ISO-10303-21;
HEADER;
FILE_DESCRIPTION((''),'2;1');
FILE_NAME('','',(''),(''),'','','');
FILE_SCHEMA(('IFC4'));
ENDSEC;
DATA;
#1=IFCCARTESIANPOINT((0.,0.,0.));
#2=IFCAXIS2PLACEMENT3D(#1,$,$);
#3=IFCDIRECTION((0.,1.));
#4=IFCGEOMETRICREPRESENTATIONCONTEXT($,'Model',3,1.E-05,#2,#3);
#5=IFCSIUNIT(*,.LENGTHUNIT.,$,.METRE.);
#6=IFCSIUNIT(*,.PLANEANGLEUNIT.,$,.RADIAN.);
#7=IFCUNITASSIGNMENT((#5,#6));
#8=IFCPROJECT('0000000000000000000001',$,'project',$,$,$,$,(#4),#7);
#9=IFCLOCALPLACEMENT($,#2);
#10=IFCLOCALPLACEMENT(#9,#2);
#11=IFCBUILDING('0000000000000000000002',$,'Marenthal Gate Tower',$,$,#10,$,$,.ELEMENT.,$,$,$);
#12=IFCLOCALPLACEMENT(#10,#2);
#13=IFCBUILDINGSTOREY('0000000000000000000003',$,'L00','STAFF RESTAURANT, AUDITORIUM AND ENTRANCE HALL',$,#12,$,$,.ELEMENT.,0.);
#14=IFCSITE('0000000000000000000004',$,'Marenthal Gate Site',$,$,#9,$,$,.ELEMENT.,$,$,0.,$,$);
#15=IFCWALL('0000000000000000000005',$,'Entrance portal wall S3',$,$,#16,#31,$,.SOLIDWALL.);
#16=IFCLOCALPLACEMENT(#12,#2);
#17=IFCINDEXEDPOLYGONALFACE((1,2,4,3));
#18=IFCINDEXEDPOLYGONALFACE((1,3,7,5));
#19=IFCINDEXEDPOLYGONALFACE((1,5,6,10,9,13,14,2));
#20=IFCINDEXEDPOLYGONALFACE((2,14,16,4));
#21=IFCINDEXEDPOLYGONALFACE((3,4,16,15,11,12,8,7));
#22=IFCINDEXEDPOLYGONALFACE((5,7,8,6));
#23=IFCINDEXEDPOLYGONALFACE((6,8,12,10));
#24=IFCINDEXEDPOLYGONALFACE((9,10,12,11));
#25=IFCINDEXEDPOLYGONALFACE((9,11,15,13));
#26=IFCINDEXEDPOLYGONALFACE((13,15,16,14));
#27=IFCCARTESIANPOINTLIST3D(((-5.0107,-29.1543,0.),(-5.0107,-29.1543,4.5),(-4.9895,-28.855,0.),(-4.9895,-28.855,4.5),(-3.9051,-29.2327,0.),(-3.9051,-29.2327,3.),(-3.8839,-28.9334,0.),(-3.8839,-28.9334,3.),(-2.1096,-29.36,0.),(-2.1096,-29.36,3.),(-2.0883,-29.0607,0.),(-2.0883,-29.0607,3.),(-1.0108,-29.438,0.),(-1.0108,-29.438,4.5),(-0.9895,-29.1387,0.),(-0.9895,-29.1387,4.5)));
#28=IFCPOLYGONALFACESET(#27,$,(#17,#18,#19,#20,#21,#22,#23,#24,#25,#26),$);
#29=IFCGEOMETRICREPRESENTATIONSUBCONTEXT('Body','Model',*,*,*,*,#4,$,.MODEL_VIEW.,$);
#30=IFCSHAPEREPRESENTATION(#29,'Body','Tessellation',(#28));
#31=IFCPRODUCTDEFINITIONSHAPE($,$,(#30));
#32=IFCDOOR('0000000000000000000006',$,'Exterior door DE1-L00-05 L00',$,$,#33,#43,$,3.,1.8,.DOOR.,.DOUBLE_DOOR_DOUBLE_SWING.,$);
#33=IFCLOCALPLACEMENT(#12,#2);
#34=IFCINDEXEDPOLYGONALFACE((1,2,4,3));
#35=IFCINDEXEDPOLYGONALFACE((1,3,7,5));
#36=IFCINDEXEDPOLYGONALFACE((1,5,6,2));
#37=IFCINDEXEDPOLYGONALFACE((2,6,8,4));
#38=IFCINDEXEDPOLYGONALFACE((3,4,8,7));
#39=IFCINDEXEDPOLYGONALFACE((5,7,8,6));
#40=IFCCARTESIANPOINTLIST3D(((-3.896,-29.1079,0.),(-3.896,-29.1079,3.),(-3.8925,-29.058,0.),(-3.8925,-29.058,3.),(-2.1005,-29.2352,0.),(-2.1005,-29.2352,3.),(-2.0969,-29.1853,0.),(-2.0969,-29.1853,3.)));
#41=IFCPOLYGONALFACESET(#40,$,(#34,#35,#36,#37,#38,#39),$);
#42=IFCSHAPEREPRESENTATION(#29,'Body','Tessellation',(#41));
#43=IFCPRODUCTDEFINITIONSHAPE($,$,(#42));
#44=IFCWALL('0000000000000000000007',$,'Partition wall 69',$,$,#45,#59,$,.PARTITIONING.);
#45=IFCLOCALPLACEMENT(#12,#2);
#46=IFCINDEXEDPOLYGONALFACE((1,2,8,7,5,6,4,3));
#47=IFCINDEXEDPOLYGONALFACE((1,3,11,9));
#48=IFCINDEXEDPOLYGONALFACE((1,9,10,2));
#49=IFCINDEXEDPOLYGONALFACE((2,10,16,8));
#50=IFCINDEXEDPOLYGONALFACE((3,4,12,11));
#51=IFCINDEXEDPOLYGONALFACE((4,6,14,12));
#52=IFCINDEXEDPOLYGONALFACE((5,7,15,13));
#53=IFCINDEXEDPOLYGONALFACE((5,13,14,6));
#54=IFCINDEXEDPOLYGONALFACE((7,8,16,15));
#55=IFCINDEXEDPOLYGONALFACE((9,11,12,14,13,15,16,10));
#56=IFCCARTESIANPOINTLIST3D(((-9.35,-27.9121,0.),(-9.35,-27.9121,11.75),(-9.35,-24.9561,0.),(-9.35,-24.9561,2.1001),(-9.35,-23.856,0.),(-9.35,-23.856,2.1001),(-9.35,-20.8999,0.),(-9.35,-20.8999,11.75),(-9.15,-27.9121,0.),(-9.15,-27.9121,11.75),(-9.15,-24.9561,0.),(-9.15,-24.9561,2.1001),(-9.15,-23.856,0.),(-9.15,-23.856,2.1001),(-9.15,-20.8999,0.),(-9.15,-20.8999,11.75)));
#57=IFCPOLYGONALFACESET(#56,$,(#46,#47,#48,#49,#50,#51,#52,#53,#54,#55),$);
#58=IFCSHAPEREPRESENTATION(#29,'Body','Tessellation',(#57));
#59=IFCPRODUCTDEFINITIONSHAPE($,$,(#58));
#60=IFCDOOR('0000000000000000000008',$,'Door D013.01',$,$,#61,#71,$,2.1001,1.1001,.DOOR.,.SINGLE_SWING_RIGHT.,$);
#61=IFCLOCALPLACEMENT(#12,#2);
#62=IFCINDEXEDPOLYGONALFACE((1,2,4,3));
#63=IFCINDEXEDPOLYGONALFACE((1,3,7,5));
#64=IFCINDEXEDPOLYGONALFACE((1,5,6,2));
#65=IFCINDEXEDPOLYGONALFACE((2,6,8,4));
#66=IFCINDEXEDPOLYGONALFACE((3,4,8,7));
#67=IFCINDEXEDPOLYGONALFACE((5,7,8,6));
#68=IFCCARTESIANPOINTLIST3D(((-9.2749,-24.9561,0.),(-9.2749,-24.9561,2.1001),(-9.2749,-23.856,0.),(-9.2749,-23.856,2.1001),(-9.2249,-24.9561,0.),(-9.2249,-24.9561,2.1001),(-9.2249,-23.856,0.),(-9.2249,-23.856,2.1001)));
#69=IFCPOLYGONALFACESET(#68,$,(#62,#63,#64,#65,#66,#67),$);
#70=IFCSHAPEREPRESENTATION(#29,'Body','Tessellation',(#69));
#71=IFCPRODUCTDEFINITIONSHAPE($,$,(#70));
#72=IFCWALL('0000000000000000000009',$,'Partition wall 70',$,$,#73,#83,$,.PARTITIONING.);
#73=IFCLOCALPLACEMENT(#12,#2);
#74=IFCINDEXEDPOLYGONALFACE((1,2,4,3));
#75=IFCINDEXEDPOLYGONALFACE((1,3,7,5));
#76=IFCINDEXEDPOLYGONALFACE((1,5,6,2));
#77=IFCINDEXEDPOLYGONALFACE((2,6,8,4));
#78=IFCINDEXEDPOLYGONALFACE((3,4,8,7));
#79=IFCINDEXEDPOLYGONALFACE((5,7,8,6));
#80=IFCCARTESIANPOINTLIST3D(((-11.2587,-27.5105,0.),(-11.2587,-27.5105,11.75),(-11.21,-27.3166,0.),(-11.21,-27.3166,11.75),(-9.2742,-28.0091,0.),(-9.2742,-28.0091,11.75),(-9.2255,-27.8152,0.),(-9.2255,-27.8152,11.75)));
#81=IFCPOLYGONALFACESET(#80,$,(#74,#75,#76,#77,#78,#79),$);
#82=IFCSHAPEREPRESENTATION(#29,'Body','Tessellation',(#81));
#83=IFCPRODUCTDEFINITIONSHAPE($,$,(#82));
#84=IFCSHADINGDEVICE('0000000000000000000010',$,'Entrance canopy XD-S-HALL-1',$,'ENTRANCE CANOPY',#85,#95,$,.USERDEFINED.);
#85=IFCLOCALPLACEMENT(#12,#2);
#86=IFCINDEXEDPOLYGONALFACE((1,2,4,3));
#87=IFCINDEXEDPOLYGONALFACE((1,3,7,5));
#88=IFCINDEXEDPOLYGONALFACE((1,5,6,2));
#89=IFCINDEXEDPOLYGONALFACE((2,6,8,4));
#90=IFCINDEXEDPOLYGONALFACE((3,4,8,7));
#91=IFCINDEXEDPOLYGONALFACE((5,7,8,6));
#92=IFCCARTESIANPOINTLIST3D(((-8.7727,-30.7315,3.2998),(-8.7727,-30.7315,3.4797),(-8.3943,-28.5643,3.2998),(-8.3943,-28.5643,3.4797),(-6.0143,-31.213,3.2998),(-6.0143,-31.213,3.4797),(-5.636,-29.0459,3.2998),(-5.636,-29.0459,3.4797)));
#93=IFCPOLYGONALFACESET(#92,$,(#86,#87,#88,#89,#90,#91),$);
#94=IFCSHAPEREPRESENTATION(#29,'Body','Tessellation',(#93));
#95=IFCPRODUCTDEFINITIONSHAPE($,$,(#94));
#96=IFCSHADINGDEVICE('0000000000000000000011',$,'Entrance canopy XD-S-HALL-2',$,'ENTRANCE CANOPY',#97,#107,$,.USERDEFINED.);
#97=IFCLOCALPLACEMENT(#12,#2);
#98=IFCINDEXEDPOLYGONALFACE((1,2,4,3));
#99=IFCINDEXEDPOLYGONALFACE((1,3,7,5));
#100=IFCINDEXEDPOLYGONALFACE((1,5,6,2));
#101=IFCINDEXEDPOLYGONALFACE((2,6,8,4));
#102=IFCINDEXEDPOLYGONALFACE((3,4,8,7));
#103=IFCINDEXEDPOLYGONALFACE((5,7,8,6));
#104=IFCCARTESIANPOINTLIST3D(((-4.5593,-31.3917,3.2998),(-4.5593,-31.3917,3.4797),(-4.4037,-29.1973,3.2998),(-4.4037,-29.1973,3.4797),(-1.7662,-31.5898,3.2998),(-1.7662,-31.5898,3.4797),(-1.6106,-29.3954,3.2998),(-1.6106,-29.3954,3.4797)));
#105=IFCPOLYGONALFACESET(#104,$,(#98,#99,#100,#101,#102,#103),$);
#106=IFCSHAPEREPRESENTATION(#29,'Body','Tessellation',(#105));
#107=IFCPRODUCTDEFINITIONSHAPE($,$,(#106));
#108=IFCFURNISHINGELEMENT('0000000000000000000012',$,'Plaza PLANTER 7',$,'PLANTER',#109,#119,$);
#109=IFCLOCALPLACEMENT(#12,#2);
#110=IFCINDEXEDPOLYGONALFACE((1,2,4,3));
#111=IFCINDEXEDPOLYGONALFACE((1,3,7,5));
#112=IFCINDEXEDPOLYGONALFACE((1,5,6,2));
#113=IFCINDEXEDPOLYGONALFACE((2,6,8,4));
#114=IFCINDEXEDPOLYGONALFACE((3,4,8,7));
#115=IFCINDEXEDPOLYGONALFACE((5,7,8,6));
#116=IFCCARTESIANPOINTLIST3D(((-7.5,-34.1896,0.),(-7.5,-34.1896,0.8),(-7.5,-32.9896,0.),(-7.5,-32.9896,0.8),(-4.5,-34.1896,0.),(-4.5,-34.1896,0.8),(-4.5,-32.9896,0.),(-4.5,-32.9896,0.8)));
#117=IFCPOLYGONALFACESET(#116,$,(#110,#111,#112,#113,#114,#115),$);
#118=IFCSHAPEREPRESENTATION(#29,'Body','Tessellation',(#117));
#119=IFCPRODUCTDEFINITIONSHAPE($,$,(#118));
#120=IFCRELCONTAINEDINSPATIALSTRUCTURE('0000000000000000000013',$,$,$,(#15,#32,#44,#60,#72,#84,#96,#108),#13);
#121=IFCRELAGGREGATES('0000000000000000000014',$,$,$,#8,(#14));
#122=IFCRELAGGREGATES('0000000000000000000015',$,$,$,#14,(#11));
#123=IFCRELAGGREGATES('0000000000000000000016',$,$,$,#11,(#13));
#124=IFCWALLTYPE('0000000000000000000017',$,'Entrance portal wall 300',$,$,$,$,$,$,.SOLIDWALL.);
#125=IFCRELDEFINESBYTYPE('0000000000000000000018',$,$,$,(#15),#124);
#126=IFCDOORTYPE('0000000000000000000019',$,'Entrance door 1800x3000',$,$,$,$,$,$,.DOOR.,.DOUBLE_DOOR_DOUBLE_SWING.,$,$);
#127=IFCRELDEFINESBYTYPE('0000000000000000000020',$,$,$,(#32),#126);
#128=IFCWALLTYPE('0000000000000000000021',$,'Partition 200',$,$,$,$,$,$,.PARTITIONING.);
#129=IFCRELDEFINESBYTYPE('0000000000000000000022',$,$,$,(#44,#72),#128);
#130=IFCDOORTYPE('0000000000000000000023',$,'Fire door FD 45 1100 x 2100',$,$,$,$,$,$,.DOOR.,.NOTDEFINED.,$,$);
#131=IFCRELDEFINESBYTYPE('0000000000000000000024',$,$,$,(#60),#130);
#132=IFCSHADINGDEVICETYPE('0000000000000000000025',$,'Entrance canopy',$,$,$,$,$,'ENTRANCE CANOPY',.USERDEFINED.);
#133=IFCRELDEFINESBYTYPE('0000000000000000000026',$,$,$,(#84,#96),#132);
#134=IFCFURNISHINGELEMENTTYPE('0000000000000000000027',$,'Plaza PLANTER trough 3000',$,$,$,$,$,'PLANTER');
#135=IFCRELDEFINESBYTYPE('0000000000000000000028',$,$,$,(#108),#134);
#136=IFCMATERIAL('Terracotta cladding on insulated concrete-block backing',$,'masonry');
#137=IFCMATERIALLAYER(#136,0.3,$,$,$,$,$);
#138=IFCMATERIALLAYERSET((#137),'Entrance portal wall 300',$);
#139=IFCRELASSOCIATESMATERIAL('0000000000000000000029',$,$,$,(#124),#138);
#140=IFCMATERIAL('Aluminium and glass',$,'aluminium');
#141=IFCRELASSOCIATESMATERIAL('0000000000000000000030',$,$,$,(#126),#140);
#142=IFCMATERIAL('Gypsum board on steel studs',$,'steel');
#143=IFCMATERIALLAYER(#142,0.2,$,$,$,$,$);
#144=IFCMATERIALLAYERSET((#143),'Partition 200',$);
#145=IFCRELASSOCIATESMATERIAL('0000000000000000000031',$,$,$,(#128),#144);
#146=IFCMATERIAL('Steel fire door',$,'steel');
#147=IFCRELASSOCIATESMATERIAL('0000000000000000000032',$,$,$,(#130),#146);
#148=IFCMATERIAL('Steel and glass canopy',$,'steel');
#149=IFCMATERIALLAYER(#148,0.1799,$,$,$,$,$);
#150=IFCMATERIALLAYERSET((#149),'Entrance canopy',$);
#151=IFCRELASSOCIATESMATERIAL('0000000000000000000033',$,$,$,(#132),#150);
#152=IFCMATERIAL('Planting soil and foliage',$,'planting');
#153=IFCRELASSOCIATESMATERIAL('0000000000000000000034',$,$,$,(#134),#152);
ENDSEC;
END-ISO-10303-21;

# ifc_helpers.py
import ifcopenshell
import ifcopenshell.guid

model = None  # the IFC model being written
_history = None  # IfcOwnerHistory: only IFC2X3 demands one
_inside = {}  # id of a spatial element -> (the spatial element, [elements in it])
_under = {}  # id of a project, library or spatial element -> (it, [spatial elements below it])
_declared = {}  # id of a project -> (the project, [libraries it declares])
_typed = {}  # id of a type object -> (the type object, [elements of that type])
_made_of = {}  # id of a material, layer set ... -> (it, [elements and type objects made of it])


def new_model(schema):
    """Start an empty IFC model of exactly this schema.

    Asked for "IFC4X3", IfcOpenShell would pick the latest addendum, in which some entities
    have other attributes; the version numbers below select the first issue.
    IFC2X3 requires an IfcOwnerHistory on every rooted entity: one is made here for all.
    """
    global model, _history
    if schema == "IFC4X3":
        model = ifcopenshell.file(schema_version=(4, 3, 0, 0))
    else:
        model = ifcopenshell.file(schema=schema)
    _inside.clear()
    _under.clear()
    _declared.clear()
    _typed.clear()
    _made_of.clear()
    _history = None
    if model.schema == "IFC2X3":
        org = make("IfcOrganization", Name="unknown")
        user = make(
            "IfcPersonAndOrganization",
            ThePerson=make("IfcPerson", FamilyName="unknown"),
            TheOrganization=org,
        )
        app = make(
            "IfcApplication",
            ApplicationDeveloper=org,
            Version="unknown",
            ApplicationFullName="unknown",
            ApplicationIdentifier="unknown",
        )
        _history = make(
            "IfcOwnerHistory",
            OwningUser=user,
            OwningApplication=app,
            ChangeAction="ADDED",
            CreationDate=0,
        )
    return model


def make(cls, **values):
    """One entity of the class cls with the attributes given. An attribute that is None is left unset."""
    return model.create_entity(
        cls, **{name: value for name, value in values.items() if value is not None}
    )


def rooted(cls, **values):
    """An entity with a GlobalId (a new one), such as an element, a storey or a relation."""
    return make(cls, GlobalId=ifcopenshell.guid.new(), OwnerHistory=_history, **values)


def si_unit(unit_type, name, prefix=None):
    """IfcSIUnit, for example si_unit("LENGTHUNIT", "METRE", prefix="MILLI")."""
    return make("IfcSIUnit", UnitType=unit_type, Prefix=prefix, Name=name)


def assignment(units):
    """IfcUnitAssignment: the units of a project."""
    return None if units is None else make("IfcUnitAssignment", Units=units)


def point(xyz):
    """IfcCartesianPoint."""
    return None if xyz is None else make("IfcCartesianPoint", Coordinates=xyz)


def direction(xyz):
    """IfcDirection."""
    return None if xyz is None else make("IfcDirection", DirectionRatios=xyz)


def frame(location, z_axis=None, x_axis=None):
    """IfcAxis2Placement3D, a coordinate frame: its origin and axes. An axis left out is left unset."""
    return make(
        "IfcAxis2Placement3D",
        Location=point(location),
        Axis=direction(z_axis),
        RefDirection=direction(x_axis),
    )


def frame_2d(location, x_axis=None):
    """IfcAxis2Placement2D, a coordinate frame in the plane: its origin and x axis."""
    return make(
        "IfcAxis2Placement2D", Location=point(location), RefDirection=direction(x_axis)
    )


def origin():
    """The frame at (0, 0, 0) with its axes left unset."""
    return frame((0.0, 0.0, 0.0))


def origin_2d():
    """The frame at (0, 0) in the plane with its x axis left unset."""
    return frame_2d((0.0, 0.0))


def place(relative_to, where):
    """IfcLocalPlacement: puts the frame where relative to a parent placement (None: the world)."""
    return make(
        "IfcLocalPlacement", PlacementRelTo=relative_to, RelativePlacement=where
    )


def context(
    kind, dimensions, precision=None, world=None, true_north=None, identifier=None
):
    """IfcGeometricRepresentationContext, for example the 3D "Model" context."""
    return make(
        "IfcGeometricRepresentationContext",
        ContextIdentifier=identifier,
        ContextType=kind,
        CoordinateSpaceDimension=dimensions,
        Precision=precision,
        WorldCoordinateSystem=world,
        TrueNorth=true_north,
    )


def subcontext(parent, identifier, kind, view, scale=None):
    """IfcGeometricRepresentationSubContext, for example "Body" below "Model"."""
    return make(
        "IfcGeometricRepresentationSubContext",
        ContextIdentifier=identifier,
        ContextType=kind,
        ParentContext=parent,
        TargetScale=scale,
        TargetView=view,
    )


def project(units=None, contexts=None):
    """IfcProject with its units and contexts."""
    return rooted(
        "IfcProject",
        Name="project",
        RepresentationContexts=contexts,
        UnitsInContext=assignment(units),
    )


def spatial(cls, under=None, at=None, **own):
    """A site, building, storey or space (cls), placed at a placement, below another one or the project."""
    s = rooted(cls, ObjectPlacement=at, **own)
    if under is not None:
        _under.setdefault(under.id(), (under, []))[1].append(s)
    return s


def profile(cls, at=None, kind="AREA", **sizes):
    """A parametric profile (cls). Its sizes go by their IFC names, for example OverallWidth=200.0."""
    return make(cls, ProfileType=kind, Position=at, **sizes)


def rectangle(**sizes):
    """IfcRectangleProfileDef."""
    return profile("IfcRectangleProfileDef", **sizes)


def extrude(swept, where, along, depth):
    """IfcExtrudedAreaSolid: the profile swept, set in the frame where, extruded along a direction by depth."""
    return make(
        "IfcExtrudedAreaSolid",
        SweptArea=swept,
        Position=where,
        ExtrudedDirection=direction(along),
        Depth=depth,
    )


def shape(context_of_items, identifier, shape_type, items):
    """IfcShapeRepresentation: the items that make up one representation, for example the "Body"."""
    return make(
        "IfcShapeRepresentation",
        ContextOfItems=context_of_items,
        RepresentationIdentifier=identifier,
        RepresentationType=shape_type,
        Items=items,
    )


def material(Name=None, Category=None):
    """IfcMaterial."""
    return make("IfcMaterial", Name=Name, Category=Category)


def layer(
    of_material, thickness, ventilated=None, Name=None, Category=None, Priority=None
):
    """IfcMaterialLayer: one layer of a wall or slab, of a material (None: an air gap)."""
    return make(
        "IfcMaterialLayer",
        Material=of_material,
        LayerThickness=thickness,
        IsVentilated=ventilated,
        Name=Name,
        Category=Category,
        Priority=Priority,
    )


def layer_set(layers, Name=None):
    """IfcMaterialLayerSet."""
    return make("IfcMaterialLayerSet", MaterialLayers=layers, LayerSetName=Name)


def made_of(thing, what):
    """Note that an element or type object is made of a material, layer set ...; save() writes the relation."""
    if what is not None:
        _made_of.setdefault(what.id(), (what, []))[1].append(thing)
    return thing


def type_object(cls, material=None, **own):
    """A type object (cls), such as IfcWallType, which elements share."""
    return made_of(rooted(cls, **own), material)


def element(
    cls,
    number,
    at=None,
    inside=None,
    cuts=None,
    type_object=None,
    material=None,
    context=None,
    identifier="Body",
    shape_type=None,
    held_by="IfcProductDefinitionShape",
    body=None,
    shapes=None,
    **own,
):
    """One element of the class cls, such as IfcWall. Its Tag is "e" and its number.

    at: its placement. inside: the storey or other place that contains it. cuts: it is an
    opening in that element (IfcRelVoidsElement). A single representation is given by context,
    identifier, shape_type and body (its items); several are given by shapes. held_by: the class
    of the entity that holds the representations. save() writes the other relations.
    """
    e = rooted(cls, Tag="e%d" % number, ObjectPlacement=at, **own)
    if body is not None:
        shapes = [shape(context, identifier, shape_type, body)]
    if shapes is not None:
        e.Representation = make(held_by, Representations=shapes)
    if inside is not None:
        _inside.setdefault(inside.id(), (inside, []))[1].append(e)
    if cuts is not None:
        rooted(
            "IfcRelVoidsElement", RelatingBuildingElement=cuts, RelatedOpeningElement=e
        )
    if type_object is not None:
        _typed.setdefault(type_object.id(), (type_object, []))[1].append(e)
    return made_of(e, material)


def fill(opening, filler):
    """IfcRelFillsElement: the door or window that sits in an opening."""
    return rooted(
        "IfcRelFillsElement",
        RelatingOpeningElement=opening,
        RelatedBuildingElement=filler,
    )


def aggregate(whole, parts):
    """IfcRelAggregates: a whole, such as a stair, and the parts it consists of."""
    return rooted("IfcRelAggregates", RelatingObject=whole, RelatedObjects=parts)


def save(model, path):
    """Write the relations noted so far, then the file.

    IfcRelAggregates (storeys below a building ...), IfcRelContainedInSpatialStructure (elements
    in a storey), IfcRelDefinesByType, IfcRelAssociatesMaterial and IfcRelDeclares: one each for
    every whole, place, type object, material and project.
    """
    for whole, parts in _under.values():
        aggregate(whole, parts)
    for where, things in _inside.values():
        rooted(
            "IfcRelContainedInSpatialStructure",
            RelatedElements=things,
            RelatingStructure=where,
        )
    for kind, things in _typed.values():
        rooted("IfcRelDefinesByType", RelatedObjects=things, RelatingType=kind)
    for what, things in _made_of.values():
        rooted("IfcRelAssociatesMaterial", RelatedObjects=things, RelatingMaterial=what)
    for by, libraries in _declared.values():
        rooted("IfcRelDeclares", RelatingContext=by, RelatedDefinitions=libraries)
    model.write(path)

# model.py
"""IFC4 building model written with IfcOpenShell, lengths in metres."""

from ifc_helpers import new_model, si_unit, direction, frame, frame_2d, origin, origin_2d, place, context, subcontext, project, spatial, rectangle, extrude, material, layer, layer_set, type_object, element, fill, save


model = new_model("IFC4")

# Units and contexts
model_context = context("Model", 3, precision=1e-05, world=origin(), true_north=direction((0.0, 1.0)))
body_context = subcontext(model_context, "Body", "Model", "MODEL_VIEW")
ifc_project = project(units=[si_unit("LENGTHUNIT", "METRE"), si_unit("PLANEANGLEUNIT", "RADIAN")], contexts=[model_context])

# Site, building, storey
site_placement = place(None, origin())
site = spatial("IfcSite", under=ifc_project, at=site_placement, Name="Marenthal Gate Site", CompositionType="ELEMENT", RefElevation=0.0)
building_placement = place(site_placement, origin())
building = spatial("IfcBuilding", under=site, at=building_placement, Name="Marenthal Gate Tower", CompositionType="ELEMENT")
storey_placement = place(building_placement, origin())
storey = spatial("IfcBuildingStorey", under=building, at=storey_placement, Name="L00", Description="STAFF RESTAURANT, AUDITORIUM AND ENTRANCE HALL", CompositionType="ELEMENT", Elevation=0.0)

# Walls, openings, doors
ifc_material_1 = material(Name="Terracotta cladding on insulated concrete-block backing", Category="masonry")
ifc_layer_1 = layer(ifc_material_1, 0.3)
ifc_layer_set_1 = layer_set([ifc_layer_1], Name="Entrance portal wall 300")
wall_type_1 = type_object("IfcWallType", Name="Entrance portal wall 300", PredefinedType="SOLIDWALL", material=ifc_layer_set_1)
wall_1_placement = place(storey_placement, frame((-5.0, -29.0046, 0.0), z_axis=(0.0, 0.0, 1.0), x_axis=(0.997494, -0.070745, 0.0)))
wall_1 = element("IfcWall", 1, at=wall_1_placement, inside=storey, type_object=wall_type_1, Name="Entrance portal wall S3", PredefinedType="SOLIDWALL", context=body_context, shape_type="SweptSolid", body=[
    extrude(rectangle(XDim=4.01, YDim=0.3, at=frame_2d((2.0049, 0.0))), origin(), (0.0, 0.0, 1.0), 4.5),
])
opening_1_placement = place(wall_1_placement, frame((1.1084, 0.0, 0.0)))
opening_1 = element("IfcOpeningElement", 2, at=opening_1_placement, cuts=wall_1, PredefinedType="OPENING", context=body_context, shape_type="SweptSolid", body=[
    extrude(rectangle(XDim=1.8, YDim=3.0, at=frame_2d((0.8999, 1.5))), frame((0.0, 0.1602, 0.0), z_axis=(0.0, -1.0, 0.0), x_axis=(1.0, 0.0, 0.0)), (0.0, 0.0, 1.0), 0.3201),
])
ifc_material_2 = material(Name="Aluminium and glass", Category="aluminium")
door_type_1 = type_object("IfcDoorType", Name="Entrance door 1800x3000", OperationType="DOUBLE_DOOR_DOUBLE_SWING", PredefinedType="DOOR", material=ifc_material_2)
door_1_placement = place(opening_1_placement, frame((1.8, 0.0, 0.0), z_axis=(0.0, 0.0, 1.0), x_axis=(-1.0, 0.0, 0.0)))
door_1 = element("IfcDoor", 3, at=door_1_placement, inside=storey, type_object=door_type_1, Name="Exterior door DE1-L00-05 L00", OperationType="DOUBLE_DOOR_DOUBLE_SWING", OverallHeight=3.0, OverallWidth=1.8, PredefinedType="DOOR", context=body_context, shape_type="SweptSolid", body=[
    extrude(rectangle(XDim=1.8, YDim=3.0, at=frame_2d((0.8999, 1.5))), frame((0.0, 0.0249, 0.0), z_axis=(0.0, -1.0, 0.0), x_axis=(1.0, 0.0, 0.0)), (0.0, 0.0, 1.0), 0.05),
])
fill(opening_1, door_1)
ifc_material_3 = material(Name="Gypsum board on steel studs", Category="steel")
ifc_layer_2 = layer(ifc_material_3, 0.2)
ifc_layer_set_2 = layer_set([ifc_layer_2], Name="Partition 200")
wall_type_2 = type_object("IfcWallType", Name="Partition 200", PredefinedType="PARTITIONING", material=ifc_layer_set_2)
wall_2_placement = place(storey_placement, frame((-9.25, -27.9121, 0.0), z_axis=(0.0, 0.0, 1.0), x_axis=(0.0, 1.0, 0.0)))
wall_2 = element("IfcWall", 4, at=wall_2_placement, inside=storey, type_object=wall_type_2, Name="Partition wall 69", PredefinedType="PARTITIONING", context=body_context, shape_type="SweptSolid", body=[
    extrude(rectangle(XDim=7.0122, YDim=0.2, at=frame_2d((3.5061, 0.0))), origin(), (0.0, 0.0, 1.0), 11.75),
])
opening_2_placement = place(wall_2_placement, frame((2.9561, 0.0, 0.0)))
opening_2 = element("IfcOpeningElement", 5, at=opening_2_placement, cuts=wall_2, PredefinedType="OPENING", context=body_context, shape_type="SweptSolid", body=[
    extrude(rectangle(XDim=1.1001, YDim=2.1001, at=frame_2d((0.55, 1.05))), frame((0.0, 0.1099, 0.0), z_axis=(0.0, -1.0, 0.0), x_axis=(1.0, 0.0, 0.0)), (0.0, 0.0, 1.0), 0.22),
])
ifc_material_4 = material(Name="Steel fire door", Category="steel")
door_type_2 = type_object("IfcDoorType", Name="Fire door FD 45 1100 x 2100", OperationType="NOTDEFINED", PredefinedType="DOOR", material=ifc_material_4)
door_2_placement = place(opening_2_placement, origin())
door_2 = element("IfcDoor", 6, at=door_2_placement, inside=storey, type_object=door_type_2, Name="Door D013.01", OperationType="SINGLE_SWING_RIGHT", OverallHeight=2.1001, OverallWidth=1.1001, PredefinedType="DOOR", context=body_context, shape_type="SweptSolid", body=[
    extrude(rectangle(XDim=1.1001, YDim=2.1001, at=frame_2d((0.55, 1.05))), frame((0.0, 0.0249, 0.0), z_axis=(0.0, -1.0, 0.0), x_axis=(1.0, 0.0, 0.0)), (0.0, 0.0, 1.0), 0.05),
])
fill(opening_2, door_2)

# Wall
wall_3_placement = place(storey_placement, frame((-9.25, -27.9121, 0.0), z_axis=(0.0, 0.0, 1.0), x_axis=(-0.969861, 0.243659, 0.0)))
element("IfcWall", 7, at=wall_3_placement, inside=storey, type_object=wall_type_2, Name="Partition wall 70", PredefinedType="PARTITIONING", context=body_context, shape_type="SweptSolid", body=[
    extrude(rectangle(XDim=2.0461, YDim=0.2, at=frame_2d((1.0229, 0.0))), origin(), (0.0, 0.0, 1.0), 11.75),
])

# Shading devices
ifc_material_5 = material(Name="Steel and glass canopy", Category="steel")
ifc_layer_3 = layer(ifc_material_5, 0.1799)
ifc_layer_set_3 = layer_set([ifc_layer_3], Name="Entrance canopy")
shading_device_type = type_object("IfcShadingDeviceType", Name="Entrance canopy", ElementType="ENTRANCE CANOPY", PredefinedType="USERDEFINED", material=ifc_layer_set_3)
for number, where, z_axis, x_axis, name in (
    (8, (-7.2043, -29.8887, 3.2998), (0.0, 0.0, 1.0), (0.985102, -0.171973, 0.0), "Entrance canopy XD-S-HALL-1"),
    (9, (-3.085, -30.3936, 3.2998), (0.0, 0.0, 1.0), (0.997495, -0.070735, 0.0), "Entrance canopy XD-S-HALL-2"),
):
    element("IfcShadingDevice", number, at=place(storey_placement, frame(where, z_axis=z_axis, x_axis=x_axis)), inside=storey, type_object=shading_device_type, Name=name, ObjectType="ENTRANCE CANOPY", PredefinedType="USERDEFINED", context=body_context, shape_type="SweptSolid", body=[
        extrude(rectangle(XDim=2.8, YDim=2.2, at=origin_2d()), origin(), (0.0, 0.0, 1.0), 0.1799),
    ])

# Furnishing element
ifc_material_6 = material(Name="Planting soil and foliage", Category="planting")
furnishing_element_type = type_object("IfcFurnishingElementType", Name="Plaza PLANTER trough 3000", ElementType="PLANTER", material=ifc_material_6)
furnishing_placement = place(storey_placement, frame((-6.0, -33.5896, 0.0), z_axis=(0.0, 0.0, 1.0), x_axis=(1.0, 0.0, 0.0)))
element("IfcFurnishingElement", 10, at=furnishing_placement, inside=storey, type_object=furnishing_element_type, Name="Plaza PLANTER 7", ObjectType="PLANTER", context=body_context, shape_type="SweptSolid", body=[
    extrude(rectangle(XDim=3.0, YDim=1.2, at=origin_2d()), origin(), (0.0, 0.0, 1.0), 0.8),
])

save(model, "model.ifc")
